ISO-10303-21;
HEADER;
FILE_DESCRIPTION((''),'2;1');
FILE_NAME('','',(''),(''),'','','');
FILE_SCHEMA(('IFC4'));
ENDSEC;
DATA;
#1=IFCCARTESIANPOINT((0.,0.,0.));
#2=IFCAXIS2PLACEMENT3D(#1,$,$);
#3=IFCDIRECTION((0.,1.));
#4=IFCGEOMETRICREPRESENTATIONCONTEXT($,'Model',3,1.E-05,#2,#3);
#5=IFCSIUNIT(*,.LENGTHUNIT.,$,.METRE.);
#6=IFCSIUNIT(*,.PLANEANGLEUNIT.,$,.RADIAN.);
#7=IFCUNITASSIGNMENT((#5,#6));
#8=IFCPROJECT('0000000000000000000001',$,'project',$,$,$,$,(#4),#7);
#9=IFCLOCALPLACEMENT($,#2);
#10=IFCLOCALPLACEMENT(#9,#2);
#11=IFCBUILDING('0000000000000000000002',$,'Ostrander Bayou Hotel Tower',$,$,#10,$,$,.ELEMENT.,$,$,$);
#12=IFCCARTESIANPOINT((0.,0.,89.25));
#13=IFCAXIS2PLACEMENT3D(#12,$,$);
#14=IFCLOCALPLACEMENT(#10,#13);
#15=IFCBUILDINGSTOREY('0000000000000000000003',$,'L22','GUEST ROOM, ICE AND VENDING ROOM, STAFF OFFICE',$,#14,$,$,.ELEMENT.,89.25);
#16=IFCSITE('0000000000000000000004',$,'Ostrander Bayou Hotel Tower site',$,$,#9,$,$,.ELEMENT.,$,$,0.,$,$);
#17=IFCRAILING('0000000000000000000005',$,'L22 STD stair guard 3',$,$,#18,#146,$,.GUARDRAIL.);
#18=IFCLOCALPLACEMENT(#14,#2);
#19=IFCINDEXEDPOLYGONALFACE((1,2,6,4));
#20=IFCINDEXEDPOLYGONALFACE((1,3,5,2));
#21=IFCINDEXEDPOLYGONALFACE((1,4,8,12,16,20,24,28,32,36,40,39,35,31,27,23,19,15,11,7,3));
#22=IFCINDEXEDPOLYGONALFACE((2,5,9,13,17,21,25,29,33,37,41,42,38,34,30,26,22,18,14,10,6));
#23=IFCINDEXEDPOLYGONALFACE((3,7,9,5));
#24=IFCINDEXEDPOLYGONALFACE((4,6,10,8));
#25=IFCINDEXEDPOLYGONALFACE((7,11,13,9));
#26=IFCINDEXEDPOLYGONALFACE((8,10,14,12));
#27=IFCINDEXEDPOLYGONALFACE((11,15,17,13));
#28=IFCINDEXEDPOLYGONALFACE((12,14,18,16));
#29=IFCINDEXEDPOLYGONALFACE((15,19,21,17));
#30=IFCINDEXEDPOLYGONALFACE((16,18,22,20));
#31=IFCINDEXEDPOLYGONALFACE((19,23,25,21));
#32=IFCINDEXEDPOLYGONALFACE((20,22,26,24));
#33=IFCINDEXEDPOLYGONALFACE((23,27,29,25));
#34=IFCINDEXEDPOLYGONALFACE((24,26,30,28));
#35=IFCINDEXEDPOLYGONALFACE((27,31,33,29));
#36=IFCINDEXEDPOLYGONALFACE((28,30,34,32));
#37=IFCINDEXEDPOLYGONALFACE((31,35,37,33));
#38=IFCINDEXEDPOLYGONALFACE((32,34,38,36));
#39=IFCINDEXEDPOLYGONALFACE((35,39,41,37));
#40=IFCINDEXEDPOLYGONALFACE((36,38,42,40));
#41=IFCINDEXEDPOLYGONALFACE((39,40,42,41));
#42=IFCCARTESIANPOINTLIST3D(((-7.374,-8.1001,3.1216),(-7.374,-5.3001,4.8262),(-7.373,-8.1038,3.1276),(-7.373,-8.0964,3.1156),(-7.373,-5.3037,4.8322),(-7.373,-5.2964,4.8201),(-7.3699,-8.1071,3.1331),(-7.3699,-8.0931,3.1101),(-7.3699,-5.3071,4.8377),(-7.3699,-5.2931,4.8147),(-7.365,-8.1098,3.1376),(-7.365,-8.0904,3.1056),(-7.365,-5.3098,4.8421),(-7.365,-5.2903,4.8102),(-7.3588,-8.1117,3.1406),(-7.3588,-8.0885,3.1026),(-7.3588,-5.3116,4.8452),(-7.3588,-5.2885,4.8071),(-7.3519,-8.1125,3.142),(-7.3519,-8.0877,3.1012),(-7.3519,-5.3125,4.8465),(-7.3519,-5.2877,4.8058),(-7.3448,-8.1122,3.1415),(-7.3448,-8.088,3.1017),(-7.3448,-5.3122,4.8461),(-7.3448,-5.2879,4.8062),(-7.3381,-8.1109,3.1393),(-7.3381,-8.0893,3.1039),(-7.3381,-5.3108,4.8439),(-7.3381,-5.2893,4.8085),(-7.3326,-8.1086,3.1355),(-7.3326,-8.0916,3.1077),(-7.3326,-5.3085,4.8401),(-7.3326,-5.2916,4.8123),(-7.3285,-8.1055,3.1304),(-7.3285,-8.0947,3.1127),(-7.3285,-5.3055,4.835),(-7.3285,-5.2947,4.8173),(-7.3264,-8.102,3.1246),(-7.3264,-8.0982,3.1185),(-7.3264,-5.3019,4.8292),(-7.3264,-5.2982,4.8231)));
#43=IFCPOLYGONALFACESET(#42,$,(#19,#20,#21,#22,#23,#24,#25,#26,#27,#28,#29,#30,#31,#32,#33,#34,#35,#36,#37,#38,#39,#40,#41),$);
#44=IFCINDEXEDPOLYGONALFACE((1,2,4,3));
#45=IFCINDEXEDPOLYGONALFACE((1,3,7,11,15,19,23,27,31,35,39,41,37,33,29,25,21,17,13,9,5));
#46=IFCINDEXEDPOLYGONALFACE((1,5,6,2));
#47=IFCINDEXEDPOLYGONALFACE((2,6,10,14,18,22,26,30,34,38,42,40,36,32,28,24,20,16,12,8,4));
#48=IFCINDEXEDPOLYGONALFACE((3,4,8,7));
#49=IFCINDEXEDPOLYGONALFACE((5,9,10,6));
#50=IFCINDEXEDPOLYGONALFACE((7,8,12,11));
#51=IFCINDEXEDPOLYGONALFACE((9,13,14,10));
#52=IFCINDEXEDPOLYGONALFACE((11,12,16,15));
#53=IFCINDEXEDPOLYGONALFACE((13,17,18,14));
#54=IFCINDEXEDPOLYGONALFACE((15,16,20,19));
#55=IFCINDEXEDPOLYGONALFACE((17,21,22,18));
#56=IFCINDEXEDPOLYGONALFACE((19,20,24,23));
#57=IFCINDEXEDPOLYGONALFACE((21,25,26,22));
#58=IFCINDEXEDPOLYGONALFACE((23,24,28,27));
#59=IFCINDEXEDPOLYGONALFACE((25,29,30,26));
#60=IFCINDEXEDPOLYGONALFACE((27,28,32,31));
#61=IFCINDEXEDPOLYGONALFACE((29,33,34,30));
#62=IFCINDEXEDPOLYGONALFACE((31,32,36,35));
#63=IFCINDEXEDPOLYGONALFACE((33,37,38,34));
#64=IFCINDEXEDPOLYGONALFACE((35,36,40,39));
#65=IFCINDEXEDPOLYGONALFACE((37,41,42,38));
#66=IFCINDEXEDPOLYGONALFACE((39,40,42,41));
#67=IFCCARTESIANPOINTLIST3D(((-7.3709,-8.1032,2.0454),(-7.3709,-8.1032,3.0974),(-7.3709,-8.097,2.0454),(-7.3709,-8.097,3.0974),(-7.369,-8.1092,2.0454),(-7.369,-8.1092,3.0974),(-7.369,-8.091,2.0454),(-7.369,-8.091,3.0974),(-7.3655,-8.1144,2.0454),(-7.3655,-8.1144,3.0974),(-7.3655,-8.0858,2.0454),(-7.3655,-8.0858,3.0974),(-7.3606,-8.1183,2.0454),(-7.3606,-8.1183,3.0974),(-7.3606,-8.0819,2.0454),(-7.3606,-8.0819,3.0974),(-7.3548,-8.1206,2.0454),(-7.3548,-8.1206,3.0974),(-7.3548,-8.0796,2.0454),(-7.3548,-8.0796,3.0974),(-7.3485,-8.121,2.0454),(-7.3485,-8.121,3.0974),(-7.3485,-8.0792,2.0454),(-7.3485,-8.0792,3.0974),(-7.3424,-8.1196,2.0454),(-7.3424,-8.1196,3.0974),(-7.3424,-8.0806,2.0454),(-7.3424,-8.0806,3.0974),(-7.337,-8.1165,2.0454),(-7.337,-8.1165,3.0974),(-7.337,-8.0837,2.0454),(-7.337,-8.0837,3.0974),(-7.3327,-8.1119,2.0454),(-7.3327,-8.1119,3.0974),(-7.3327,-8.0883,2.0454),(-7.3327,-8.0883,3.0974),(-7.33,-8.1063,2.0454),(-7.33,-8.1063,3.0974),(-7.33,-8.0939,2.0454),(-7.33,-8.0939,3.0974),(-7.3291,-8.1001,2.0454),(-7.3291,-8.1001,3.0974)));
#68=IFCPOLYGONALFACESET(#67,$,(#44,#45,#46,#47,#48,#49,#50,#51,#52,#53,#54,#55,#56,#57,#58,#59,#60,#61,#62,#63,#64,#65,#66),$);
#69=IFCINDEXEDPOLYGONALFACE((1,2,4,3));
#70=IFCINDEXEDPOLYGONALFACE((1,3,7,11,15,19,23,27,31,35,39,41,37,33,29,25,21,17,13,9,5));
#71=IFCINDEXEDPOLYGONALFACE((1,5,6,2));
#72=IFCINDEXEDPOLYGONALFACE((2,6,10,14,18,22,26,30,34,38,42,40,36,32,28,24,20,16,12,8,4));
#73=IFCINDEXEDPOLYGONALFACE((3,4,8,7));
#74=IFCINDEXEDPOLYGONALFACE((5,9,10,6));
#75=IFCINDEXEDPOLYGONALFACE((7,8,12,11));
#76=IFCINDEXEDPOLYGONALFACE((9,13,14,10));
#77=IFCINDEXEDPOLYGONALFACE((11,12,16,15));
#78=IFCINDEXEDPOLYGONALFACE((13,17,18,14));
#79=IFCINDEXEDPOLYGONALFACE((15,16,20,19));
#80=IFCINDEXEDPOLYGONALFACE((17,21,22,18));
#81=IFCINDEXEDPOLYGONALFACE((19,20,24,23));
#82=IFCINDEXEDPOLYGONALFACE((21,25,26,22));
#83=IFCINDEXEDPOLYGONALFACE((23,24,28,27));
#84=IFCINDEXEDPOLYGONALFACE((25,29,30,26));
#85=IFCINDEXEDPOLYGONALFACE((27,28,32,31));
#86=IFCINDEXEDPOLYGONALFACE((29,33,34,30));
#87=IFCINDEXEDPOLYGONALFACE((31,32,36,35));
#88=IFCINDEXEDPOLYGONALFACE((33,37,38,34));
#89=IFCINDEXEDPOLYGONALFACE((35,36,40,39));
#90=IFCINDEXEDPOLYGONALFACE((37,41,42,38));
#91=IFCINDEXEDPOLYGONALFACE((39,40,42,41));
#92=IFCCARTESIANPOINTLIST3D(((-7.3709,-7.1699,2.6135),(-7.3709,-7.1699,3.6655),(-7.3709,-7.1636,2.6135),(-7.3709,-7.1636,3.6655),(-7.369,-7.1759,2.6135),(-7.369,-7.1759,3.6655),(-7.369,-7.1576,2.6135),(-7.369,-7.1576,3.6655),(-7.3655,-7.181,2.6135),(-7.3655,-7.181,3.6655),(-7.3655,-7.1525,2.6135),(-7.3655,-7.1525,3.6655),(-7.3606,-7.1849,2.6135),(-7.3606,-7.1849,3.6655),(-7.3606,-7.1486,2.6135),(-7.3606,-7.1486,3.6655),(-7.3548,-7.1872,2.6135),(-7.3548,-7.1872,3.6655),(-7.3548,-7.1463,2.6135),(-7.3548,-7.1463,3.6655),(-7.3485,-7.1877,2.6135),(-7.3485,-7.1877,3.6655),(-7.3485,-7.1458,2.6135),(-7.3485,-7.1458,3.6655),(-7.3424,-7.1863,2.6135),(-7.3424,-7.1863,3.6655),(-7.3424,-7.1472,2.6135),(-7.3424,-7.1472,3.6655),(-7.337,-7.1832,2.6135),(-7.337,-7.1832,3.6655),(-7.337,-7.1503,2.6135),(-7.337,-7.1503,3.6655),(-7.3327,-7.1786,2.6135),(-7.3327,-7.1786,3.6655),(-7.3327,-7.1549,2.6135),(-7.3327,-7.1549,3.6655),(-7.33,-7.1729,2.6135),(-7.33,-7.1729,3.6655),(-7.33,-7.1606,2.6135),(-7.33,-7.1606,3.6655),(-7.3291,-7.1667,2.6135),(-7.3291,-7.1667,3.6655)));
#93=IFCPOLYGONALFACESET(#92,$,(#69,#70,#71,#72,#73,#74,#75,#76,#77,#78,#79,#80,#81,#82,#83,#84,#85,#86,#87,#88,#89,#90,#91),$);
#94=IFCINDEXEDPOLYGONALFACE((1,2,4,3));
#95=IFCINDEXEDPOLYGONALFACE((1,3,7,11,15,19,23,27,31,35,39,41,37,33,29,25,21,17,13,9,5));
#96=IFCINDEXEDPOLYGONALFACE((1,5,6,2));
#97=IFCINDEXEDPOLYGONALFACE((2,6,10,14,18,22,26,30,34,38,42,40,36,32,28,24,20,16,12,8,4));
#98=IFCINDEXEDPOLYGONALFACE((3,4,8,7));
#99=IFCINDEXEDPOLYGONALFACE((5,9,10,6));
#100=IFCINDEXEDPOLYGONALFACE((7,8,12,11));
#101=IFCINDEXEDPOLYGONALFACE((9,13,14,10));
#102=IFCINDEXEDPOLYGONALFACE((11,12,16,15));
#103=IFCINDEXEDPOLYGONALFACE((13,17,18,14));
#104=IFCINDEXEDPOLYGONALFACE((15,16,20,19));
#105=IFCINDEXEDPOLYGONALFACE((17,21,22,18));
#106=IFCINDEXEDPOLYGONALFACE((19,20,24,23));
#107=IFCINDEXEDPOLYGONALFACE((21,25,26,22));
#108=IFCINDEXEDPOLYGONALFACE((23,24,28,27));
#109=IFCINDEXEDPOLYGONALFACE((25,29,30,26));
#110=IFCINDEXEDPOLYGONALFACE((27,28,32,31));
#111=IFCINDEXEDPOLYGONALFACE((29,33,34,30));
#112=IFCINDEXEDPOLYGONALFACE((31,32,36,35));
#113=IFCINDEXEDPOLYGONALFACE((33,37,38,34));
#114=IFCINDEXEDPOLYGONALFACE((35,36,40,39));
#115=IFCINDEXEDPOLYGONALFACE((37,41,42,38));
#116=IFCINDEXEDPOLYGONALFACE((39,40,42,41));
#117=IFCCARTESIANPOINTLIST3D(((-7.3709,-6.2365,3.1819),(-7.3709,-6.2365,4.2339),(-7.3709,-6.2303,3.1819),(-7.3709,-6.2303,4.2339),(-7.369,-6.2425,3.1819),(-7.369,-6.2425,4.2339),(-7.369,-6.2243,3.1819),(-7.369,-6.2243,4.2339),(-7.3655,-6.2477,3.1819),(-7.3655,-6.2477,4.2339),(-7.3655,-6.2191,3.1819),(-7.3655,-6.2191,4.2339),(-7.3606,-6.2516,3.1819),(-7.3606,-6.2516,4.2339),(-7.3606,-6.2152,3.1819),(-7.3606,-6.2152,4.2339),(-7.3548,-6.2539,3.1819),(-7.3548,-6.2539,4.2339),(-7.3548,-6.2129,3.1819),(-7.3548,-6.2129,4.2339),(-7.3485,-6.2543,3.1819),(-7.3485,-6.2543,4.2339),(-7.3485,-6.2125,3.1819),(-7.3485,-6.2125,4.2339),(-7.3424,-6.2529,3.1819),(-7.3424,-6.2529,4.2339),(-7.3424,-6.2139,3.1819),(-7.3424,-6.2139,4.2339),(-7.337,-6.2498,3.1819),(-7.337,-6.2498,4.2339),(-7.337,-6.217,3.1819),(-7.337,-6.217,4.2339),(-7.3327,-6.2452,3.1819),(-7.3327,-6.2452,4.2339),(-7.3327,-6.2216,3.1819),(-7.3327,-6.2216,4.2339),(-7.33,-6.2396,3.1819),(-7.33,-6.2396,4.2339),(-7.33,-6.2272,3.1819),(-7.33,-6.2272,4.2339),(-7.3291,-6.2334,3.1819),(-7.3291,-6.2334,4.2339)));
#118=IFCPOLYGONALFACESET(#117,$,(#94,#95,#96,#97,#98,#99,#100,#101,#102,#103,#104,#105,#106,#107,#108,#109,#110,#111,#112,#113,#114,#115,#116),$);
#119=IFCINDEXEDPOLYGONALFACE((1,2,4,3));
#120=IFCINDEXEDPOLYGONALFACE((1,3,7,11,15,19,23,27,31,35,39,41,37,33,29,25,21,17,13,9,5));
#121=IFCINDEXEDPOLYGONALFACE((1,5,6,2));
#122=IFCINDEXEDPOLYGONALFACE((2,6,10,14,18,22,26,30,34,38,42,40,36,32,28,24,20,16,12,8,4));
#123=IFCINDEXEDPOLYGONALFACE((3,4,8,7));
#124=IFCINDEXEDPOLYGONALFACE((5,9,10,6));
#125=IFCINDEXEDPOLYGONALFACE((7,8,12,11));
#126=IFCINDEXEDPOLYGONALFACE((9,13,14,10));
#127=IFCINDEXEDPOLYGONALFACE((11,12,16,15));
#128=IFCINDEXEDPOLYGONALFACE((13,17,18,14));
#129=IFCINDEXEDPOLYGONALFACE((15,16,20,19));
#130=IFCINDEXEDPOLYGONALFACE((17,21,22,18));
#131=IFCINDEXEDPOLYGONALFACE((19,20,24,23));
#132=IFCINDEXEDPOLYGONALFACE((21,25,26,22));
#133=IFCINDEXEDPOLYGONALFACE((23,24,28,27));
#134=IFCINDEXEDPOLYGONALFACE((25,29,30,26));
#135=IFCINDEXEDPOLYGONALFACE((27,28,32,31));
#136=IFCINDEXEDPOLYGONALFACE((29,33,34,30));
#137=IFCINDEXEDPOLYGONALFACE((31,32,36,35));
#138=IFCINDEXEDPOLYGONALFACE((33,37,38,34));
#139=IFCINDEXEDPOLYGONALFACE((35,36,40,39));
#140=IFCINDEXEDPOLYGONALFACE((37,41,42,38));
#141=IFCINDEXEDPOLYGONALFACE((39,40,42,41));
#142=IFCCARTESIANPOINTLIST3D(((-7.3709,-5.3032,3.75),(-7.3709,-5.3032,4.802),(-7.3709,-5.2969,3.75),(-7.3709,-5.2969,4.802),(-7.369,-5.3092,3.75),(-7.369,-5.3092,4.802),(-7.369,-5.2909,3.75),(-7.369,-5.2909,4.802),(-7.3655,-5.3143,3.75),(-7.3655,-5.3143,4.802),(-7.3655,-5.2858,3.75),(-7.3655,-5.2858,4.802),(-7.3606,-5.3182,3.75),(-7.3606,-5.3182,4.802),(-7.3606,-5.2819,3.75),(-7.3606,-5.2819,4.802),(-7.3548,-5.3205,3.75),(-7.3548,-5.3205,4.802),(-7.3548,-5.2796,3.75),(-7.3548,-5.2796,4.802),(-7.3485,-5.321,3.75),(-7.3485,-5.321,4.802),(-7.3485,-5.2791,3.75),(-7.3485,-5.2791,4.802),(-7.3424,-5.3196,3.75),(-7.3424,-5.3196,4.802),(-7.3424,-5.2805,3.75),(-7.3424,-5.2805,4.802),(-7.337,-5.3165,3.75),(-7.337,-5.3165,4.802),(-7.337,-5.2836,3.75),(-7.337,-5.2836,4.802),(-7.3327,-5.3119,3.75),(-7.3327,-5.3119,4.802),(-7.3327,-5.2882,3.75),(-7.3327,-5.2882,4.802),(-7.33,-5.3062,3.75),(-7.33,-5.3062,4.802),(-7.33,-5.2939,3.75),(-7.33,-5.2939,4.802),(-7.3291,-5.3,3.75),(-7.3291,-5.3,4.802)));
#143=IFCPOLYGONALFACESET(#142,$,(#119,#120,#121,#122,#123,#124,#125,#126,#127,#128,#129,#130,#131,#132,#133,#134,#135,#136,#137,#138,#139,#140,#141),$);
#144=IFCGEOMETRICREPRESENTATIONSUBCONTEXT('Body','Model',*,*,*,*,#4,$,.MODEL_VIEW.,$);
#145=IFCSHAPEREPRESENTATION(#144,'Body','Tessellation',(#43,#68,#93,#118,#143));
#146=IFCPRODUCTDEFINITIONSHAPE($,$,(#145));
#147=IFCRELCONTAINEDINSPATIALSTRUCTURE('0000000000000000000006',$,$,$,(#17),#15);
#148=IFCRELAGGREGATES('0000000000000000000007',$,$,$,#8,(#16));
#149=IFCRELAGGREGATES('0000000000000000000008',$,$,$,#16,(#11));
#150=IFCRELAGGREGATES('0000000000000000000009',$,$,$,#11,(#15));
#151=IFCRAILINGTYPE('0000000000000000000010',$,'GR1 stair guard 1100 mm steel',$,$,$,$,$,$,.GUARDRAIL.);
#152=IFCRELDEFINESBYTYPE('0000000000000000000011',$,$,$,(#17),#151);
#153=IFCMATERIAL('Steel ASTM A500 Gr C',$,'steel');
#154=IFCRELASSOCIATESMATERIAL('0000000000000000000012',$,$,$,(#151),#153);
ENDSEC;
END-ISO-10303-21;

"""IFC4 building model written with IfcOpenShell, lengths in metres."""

from ifc_helpers import new_model, si_unit, direction, frame, origin, origin_2d, place, context, subcontext, project, spatial, circle, extrude, material, type_object, element, save


model = new_model("IFC4")

# Units and contexts
model_context = context("Model", 3, precision=1e-05, world=origin(), true_north=direction((0.0, 1.0)))
body_context = subcontext(model_context, "Body", "Model", "MODEL_VIEW")
ifc_project = project(units=[si_unit("LENGTHUNIT", "METRE"), si_unit("PLANEANGLEUNIT", "RADIAN")], contexts=[model_context])

# Site, building, storey
site_placement = place(None, origin())
site = spatial("IfcSite", under=ifc_project, at=site_placement, Name="Ostrander Bayou Hotel Tower site", CompositionType="ELEMENT", RefElevation=0.0)
building_placement = place(site_placement, origin())
building = spatial("IfcBuilding", under=site, at=building_placement, Name="Ostrander Bayou Hotel Tower", CompositionType="ELEMENT")
storey_placement = place(building_placement, frame((0.0, 0.0, 89.25)))
storey = spatial("IfcBuildingStorey", under=building, at=storey_placement, Name="L22", Description="GUEST ROOM, ICE AND VENDING ROOM, STAFF OFFICE", CompositionType="ELEMENT", Elevation=89.25)

# Railing
ifc_material_1 = material(Name="Steel ASTM A500 Gr C", Category="steel")
railing_type_1 = type_object("IfcRailingType", Name="GR1 stair guard 1100 mm steel", PredefinedType="GUARDRAIL", material=ifc_material_1)
railing_1_placement = place(storey_placement, frame((-7.3501, -8.1001, 2.0454)))
element("IfcRailing", 1, at=railing_1_placement, inside=storey, type_object=railing_type_1, Name="L22 STD stair guard 3", PredefinedType="GUARDRAIL", context=body_context, shape_type="SweptSolid", body=[
    extrude(circle(Radius=0.0239, at=origin_2d()), frame((0.0, 0.0, 1.0762), z_axis=(0.0, 0.85417, 0.519994), x_axis=(-1.0, 0.0, 0.0)), (0.0, 0.0, 1.0), 3.2781),
    extrude(circle(Radius=0.021, at=origin_2d()), origin(), (0.0, 0.0, 1.0), 1.052),
    extrude(circle(Radius=0.021, at=origin_2d()), frame((0.0, 0.9333, 0.5681)), (0.0, 0.0, 1.0), 1.052),
    extrude(circle(Radius=0.021, at=origin_2d()), frame((0.0, 1.8667, 1.1365)), (0.0, 0.0, 1.0), 1.052),
    extrude(circle(Radius=0.021, at=origin_2d()), frame((0.0, 2.8, 1.7046)), (0.0, 0.0, 1.0), 1.052),
])

save(model, "model.ifc")
